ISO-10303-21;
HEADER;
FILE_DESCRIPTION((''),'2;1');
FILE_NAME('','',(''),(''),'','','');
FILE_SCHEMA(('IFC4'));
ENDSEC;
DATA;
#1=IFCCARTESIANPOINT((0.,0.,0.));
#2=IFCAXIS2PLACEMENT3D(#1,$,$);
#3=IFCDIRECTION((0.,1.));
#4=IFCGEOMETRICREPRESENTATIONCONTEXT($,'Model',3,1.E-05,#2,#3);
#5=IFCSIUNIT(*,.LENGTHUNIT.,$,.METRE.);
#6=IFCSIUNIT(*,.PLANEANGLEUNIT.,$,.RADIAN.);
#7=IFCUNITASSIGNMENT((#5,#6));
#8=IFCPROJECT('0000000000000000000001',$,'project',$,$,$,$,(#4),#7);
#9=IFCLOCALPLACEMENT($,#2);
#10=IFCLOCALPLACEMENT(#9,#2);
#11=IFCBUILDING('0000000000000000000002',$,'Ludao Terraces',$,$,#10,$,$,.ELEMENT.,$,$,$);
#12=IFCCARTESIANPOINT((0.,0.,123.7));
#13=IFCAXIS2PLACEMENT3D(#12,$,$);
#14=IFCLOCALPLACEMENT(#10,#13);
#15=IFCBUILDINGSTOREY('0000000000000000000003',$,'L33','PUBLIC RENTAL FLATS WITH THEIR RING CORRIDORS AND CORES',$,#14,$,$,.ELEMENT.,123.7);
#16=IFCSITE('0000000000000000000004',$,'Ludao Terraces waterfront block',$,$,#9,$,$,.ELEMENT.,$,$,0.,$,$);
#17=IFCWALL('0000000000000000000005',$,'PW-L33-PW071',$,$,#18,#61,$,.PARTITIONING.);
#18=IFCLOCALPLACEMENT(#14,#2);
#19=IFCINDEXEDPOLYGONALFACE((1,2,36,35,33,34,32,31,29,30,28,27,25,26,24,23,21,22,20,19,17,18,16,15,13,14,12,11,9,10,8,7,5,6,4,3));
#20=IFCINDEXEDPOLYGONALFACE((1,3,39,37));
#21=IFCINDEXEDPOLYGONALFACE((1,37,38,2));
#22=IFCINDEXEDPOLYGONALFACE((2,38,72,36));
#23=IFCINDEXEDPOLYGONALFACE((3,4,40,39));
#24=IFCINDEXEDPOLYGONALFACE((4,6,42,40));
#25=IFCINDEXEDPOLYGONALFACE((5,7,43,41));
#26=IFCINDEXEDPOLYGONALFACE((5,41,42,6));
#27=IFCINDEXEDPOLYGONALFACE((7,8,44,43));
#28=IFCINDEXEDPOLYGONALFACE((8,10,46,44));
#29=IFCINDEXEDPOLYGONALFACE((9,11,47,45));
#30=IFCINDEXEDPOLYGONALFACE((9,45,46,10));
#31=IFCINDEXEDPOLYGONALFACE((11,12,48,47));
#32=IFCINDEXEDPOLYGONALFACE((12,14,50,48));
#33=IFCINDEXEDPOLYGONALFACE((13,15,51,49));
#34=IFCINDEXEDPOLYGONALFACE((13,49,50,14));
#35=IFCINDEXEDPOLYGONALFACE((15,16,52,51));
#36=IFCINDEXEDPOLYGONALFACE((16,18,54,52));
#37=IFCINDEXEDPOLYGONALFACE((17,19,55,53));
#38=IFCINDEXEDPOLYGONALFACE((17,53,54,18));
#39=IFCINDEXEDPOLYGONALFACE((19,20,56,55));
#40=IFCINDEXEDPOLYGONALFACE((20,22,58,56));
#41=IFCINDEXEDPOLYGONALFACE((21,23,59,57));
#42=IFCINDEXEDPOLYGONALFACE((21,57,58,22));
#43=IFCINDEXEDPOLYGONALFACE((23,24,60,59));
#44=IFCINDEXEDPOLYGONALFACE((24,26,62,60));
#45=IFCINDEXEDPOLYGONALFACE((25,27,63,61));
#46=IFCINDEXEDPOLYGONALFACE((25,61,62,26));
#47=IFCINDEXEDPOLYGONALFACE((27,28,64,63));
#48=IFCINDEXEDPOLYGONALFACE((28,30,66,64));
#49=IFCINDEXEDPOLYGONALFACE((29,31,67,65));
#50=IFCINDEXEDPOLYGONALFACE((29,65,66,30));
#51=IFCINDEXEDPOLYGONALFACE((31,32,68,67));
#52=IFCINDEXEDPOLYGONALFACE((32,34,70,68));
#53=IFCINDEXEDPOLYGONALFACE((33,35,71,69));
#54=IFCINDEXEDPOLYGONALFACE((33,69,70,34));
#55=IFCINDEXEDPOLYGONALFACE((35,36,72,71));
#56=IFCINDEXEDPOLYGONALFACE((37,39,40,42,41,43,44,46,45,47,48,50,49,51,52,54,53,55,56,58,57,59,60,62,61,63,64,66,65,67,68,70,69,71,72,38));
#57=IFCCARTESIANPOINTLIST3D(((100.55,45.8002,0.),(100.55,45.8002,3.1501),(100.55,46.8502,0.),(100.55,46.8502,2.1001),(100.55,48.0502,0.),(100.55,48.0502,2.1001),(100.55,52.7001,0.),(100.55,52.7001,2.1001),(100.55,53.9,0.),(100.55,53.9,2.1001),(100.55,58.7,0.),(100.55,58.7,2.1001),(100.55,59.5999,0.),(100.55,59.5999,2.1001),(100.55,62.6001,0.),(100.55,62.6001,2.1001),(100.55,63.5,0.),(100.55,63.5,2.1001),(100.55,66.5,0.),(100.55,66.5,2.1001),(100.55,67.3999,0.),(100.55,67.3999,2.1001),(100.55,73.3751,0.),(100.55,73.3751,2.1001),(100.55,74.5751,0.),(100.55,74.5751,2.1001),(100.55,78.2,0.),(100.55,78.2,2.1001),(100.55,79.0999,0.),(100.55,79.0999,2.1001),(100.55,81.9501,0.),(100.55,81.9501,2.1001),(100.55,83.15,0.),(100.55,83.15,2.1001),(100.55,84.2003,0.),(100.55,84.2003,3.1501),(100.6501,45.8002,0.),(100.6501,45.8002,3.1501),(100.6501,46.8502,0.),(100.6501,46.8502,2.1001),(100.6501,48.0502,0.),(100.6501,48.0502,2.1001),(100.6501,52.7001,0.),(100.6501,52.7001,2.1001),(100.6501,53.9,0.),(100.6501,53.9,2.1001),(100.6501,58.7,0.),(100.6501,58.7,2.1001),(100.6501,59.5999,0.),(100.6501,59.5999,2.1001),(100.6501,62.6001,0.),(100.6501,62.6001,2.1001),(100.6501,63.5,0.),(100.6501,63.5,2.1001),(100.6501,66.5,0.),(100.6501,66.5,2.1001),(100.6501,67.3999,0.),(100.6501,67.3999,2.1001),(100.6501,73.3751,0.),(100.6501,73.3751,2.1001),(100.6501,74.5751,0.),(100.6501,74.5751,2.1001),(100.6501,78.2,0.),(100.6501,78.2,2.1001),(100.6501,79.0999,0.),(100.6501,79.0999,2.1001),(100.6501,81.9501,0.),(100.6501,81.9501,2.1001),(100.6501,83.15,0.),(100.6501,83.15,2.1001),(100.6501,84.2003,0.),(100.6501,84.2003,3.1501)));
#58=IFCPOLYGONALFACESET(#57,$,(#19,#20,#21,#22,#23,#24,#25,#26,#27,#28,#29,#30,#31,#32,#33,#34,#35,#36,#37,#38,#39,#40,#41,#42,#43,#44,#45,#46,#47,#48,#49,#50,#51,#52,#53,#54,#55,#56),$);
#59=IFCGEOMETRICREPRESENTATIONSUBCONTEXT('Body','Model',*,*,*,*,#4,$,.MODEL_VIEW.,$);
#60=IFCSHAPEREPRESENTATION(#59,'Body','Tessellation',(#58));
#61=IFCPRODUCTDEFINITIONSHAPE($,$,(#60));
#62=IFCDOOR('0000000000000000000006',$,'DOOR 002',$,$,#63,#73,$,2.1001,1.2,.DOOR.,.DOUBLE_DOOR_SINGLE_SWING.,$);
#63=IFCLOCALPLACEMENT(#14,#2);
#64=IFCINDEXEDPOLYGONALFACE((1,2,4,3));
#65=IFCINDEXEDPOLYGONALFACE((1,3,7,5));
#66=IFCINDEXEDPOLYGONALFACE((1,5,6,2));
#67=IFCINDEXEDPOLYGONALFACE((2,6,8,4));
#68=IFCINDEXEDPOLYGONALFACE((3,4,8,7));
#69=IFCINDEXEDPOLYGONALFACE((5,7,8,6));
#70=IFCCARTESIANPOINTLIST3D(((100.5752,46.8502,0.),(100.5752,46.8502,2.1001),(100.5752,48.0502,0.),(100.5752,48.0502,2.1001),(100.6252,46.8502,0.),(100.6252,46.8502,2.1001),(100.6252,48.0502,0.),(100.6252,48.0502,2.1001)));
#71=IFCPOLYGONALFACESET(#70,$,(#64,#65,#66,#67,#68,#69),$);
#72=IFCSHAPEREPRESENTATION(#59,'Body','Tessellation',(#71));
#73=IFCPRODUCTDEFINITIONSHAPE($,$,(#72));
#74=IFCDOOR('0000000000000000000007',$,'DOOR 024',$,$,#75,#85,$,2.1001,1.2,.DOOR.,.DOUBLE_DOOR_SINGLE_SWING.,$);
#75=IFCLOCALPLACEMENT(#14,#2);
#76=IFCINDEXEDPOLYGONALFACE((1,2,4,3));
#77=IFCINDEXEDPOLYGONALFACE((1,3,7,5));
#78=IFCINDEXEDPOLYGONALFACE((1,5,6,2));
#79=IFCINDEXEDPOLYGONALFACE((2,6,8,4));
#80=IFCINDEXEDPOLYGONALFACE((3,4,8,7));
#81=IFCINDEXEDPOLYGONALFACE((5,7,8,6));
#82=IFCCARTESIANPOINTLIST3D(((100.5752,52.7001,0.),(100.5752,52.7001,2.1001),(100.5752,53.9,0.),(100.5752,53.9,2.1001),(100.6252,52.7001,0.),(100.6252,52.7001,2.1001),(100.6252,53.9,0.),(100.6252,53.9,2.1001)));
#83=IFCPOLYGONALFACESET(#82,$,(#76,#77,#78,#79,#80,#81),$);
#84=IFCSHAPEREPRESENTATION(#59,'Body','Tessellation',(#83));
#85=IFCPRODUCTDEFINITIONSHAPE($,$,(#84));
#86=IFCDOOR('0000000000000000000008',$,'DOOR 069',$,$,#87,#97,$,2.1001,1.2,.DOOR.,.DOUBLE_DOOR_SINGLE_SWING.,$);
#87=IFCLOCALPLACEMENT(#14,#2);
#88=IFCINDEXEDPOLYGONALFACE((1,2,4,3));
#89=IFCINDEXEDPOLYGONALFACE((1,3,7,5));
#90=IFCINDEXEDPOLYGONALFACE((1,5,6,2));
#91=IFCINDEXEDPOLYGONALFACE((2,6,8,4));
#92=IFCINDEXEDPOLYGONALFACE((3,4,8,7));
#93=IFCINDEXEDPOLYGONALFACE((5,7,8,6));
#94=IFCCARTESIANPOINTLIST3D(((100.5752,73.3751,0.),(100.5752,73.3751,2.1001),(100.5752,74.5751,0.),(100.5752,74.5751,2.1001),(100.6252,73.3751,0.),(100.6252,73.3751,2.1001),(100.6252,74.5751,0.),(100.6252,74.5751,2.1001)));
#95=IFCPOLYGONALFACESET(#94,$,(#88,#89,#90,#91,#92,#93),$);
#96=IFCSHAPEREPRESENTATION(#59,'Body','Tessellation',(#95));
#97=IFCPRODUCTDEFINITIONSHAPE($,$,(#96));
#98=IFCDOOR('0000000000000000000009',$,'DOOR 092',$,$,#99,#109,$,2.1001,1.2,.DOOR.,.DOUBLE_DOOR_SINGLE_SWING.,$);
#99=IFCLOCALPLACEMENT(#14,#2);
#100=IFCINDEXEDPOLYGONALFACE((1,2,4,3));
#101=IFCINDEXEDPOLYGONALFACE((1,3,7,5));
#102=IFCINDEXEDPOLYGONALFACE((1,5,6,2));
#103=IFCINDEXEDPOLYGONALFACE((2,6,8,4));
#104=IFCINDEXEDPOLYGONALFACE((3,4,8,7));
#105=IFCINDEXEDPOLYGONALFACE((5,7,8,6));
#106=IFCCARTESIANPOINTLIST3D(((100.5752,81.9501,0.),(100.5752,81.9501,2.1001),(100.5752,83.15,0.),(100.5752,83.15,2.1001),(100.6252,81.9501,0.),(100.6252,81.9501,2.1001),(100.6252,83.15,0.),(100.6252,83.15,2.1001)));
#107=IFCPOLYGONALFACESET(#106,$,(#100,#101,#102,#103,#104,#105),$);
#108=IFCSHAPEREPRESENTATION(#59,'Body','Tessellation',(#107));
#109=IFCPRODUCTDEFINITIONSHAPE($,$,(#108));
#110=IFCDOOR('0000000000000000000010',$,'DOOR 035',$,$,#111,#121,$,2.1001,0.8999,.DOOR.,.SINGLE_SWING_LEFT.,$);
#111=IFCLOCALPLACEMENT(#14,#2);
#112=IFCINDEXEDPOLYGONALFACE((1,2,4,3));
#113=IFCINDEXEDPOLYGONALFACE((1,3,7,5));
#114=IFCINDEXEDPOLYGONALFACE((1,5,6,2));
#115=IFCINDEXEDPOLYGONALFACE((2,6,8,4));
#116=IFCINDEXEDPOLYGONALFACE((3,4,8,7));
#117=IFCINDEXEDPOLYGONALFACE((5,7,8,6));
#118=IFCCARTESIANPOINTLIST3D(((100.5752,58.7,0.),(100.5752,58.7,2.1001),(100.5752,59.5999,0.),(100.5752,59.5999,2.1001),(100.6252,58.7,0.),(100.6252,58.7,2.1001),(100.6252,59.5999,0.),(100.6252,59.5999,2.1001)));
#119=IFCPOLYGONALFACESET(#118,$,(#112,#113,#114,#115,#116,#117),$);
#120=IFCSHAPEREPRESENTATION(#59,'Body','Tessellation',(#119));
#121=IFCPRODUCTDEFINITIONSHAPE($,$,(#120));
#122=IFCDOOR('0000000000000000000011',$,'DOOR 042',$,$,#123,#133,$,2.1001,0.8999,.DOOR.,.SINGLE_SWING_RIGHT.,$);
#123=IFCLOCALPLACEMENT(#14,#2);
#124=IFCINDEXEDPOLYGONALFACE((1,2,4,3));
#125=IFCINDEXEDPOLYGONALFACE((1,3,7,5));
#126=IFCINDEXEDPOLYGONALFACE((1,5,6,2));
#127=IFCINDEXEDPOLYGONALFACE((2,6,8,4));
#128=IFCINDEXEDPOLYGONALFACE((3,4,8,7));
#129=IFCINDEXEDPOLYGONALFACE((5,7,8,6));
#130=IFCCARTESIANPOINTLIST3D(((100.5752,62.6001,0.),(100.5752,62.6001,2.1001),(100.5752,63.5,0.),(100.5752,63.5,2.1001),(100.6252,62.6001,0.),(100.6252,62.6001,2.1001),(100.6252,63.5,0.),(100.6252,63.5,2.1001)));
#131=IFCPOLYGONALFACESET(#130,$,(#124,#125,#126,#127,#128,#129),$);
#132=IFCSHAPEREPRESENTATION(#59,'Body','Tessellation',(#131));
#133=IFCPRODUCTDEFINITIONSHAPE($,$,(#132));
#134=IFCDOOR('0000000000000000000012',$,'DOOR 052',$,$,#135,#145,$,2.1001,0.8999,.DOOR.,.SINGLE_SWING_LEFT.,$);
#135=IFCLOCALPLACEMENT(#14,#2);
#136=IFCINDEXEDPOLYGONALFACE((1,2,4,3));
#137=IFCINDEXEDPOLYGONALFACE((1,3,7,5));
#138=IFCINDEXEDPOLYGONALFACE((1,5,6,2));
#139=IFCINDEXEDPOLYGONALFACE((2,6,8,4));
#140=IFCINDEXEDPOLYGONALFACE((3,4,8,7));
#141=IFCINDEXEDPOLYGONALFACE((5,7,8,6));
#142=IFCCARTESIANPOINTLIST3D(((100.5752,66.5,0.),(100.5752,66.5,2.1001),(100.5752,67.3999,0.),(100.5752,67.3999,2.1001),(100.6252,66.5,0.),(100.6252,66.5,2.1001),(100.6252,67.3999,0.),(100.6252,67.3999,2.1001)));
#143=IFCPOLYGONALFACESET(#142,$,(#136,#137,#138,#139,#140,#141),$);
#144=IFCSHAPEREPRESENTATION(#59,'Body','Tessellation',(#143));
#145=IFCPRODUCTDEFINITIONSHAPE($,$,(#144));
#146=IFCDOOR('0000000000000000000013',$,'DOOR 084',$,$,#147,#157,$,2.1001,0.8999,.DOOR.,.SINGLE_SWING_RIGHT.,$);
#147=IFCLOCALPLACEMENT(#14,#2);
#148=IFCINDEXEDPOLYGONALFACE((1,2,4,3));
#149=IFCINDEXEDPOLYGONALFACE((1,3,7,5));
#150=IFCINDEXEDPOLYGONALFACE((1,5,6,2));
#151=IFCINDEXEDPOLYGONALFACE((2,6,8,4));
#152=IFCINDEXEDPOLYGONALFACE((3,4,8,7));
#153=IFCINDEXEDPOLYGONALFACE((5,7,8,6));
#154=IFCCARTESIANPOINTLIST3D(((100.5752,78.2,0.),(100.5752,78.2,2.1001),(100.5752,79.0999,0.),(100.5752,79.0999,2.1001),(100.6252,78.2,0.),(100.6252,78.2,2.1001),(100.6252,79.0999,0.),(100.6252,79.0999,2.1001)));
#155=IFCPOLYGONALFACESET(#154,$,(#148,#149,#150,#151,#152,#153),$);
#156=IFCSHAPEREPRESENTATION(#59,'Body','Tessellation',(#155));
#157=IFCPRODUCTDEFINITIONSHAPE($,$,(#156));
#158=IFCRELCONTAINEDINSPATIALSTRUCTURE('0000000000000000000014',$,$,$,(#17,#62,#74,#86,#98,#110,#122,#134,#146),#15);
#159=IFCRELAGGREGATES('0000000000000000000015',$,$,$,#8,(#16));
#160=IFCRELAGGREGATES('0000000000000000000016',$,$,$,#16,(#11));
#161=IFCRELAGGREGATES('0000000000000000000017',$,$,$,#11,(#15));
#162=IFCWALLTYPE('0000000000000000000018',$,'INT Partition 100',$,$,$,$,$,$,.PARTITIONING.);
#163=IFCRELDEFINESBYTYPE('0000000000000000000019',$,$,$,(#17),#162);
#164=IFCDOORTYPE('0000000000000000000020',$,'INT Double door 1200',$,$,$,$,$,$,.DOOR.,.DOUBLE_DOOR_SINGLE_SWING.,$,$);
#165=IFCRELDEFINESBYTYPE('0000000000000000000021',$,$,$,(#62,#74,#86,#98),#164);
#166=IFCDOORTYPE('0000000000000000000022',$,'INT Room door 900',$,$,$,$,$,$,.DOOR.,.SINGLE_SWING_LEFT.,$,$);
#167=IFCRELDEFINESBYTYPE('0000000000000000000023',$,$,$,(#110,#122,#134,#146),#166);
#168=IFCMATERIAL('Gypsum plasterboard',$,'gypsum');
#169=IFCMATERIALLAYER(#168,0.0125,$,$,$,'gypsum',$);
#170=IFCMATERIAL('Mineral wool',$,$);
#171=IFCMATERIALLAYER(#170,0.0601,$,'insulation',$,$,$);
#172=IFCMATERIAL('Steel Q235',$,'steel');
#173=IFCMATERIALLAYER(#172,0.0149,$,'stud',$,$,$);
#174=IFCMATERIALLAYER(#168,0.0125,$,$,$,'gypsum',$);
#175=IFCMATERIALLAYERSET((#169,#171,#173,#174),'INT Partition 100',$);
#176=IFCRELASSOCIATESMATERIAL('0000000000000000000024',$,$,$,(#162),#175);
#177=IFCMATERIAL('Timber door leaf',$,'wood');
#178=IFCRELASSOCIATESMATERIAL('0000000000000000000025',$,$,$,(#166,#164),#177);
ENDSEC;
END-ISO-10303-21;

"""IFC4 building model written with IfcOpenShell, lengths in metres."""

from ifc_helpers import new_model, si_unit, direction, frame, frame_2d, origin, place, context, subcontext, project, spatial, rectangle, extrude, material, layer, layer_set, type_object, element, fill, save


model = new_model("IFC4")

# Units and contexts
model_context = context("Model", 3, precision=1e-05, world=origin(), true_north=direction((0.0, 1.0)))
body_context = subcontext(model_context, "Body", "Model", "MODEL_VIEW")
ifc_project = project(units=[si_unit("LENGTHUNIT", "METRE"), si_unit("PLANEANGLEUNIT", "RADIAN")], contexts=[model_context])

# Site, building, storey
site_placement = place(None, origin())
site = spatial("IfcSite", under=ifc_project, at=site_placement, Name="Ludao Terraces waterfront block", CompositionType="ELEMENT", RefElevation=0.0)
building_placement = place(site_placement, origin())
building = spatial("IfcBuilding", under=site, at=building_placement, Name="Ludao Terraces", CompositionType="ELEMENT")
storey_placement = place(building_placement, frame((0.0, 0.0, 123.7)))
storey = spatial("IfcBuildingStorey", under=building, at=storey_placement, Name="L33", Description="PUBLIC RENTAL FLATS WITH THEIR RING CORRIDORS AND CORES", CompositionType="ELEMENT", Elevation=123.7)

# Shared definitions
ifc_material_1 = material(Name="Mineral wool")

# Shared definitions
ifc_material_2 = material(Name="Gypsum plasterboard", Category="gypsum")
ifc_layer_1 = layer(ifc_material_2, 0.0125, Category="gypsum")
ifc_layer_2 = layer(ifc_material_1, 0.0601, Name="insulation")
ifc_material_3 = material(Name="Steel Q235", Category="steel")
ifc_layer_3 = layer(ifc_material_3, 0.0149, Name="stud")
ifc_layer_4 = layer(ifc_material_2, 0.0125, Category="gypsum")
ifc_layer_set_1 = layer_set([ifc_layer_1, ifc_layer_2, ifc_layer_3, ifc_layer_4], Name="INT Partition 100")
wall_type_1 = type_object("IfcWallType", Name="INT Partition 100", PredefinedType="PARTITIONING", material=ifc_layer_set_1)

# Wall, openings, doors
ifc_material_4 = material(Name="Timber door leaf", Category="wood")
door_type_1 = type_object("IfcDoorType", Name="INT Room door 900", OperationType="SINGLE_SWING_LEFT", PredefinedType="DOOR", material=ifc_material_4)
wall_1_placement = place(storey_placement, frame((100.6001, 45.8, 0.0), z_axis=(0.0, 0.0, 1.0), x_axis=(0.0, 1.0, 0.0)))
wall_1 = element("IfcWall", 1, at=wall_1_placement, inside=storey, type_object=wall_type_1, Name="PW-L33-PW071", PredefinedType="PARTITIONING", context=body_context, shape_type="SweptSolid", body=[
    extrude(rectangle(XDim=38.4001, YDim=0.1001, at=frame_2d((19.2002, 0.0))), origin(), (0.0, 0.0, 1.0), 3.1501),
])
opening_1_placement = place(wall_1_placement, frame((1.05, 0.0, 0.0)))
opening_1 = element("IfcOpeningElement", 2, at=opening_1_placement, cuts=wall_1, PredefinedType="OPENING", context=body_context, shape_type="SweptSolid", body=[
    extrude(rectangle(XDim=1.2, YDim=2.1001, at=frame_2d((0.6001, 1.05))), frame((0.0, 0.0601, 0.0), z_axis=(0.0, -1.0, 0.0), x_axis=(1.0, 0.0, 0.0)), (0.0, 0.0, 1.0), 0.1201),
])
opening_2_placement = place(wall_1_placement, frame((6.8999, 0.0, 0.0)))
opening_2 = element("IfcOpeningElement", 3, at=opening_2_placement, cuts=wall_1, PredefinedType="OPENING", context=body_context, shape_type="SweptSolid", body=[
    extrude(rectangle(XDim=1.2, YDim=2.1001, at=frame_2d((0.6001, 1.05))), frame((0.0, 0.0601, 0.0), z_axis=(0.0, -1.0, 0.0), x_axis=(1.0, 0.0, 0.0)), (0.0, 0.0, 1.0), 0.1201),
])
opening_3_placement = place(wall_1_placement, frame((12.8999, 0.0, 0.0)))
opening_3 = element("IfcOpeningElement", 4, at=opening_3_placement, cuts=wall_1, PredefinedType="OPENING", context=body_context, shape_type="SweptSolid", body=[
    extrude(rectangle(XDim=0.8999, YDim=2.1001, at=frame_2d((0.45, 1.05))), frame((0.0, 0.0601, 0.0), z_axis=(0.0, -1.0, 0.0), x_axis=(1.0, 0.0, 0.0)), (0.0, 0.0, 1.0), 0.1201),
])
opening_4_placement = place(wall_1_placement, frame((16.8, 0.0, 0.0)))
opening_4 = element("IfcOpeningElement", 5, at=opening_4_placement, cuts=wall_1, PredefinedType="OPENING", context=body_context, shape_type="SweptSolid", body=[
    extrude(rectangle(XDim=0.8999, YDim=2.1001, at=frame_2d((0.45, 1.05))), frame((0.0, 0.0601, 0.0), z_axis=(0.0, -1.0, 0.0), x_axis=(1.0, 0.0, 0.0)), (0.0, 0.0, 1.0), 0.1201),
])
opening_5_placement = place(wall_1_placement, frame((20.7, 0.0, 0.0)))
opening_5 = element("IfcOpeningElement", 6, at=opening_5_placement, cuts=wall_1, PredefinedType="OPENING", context=body_context, shape_type="SweptSolid", body=[
    extrude(rectangle(XDim=0.8999, YDim=2.1001, at=frame_2d((0.45, 1.05))), frame((0.0, 0.0601, 0.0), z_axis=(0.0, -1.0, 0.0), x_axis=(1.0, 0.0, 0.0)), (0.0, 0.0, 1.0), 0.1201),
])
opening_6_placement = place(wall_1_placement, frame((27.575, 0.0, 0.0)))
opening_6 = element("IfcOpeningElement", 7, at=opening_6_placement, cuts=wall_1, PredefinedType="OPENING", context=body_context, shape_type="SweptSolid", body=[
    extrude(rectangle(XDim=1.2, YDim=2.1001, at=frame_2d((0.6001, 1.05))), frame((0.0, 0.0601, 0.0), z_axis=(0.0, -1.0, 0.0), x_axis=(1.0, 0.0, 0.0)), (0.0, 0.0, 1.0), 0.1201),
])
opening_7_placement = place(wall_1_placement, frame((32.3999, 0.0, 0.0)))
opening_7 = element("IfcOpeningElement", 8, at=opening_7_placement, cuts=wall_1, PredefinedType="OPENING", context=body_context, shape_type="SweptSolid", body=[
    extrude(rectangle(XDim=0.8999, YDim=2.1001, at=frame_2d((0.45, 1.05))), frame((0.0, 0.0601, 0.0), z_axis=(0.0, -1.0, 0.0), x_axis=(1.0, 0.0, 0.0)), (0.0, 0.0, 1.0), 0.1201),
])
opening_8_placement = place(wall_1_placement, frame((36.1499, 0.0, 0.0)))
opening_8 = element("IfcOpeningElement", 9, at=opening_8_placement, cuts=wall_1, PredefinedType="OPENING", context=body_context, shape_type="SweptSolid", body=[
    extrude(rectangle(XDim=1.2, YDim=2.1001, at=frame_2d((0.6001, 1.05))), frame((0.0, 0.0601, 0.0), z_axis=(0.0, -1.0, 0.0), x_axis=(1.0, 0.0, 0.0)), (0.0, 0.0, 1.0), 0.1201),
])
door_type_2 = type_object("IfcDoorType", Name="INT Double door 1200", OperationType="DOUBLE_DOOR_SINGLE_SWING", PredefinedType="DOOR", material=ifc_material_4)
door_1_placement = place(opening_1_placement, origin())
door_1 = element("IfcDoor", 10, at=door_1_placement, inside=storey, type_object=door_type_2, Name="DOOR 002", OperationType="DOUBLE_DOOR_SINGLE_SWING", OverallHeight=2.1001, OverallWidth=1.2, PredefinedType="DOOR", context=body_context, shape_type="SweptSolid", body=[
    extrude(rectangle(XDim=1.2, YDim=2.1001, at=frame_2d((0.6001, 1.05))), frame((0.0, 0.0249, 0.0), z_axis=(0.0, -1.0, 0.0), x_axis=(1.0, 0.0, 0.0)), (0.0, 0.0, 1.0), 0.05),
])
fill(opening_1, door_1)
door_2_placement = place(opening_2_placement, origin())
door_2 = element("IfcDoor", 11, at=door_2_placement, inside=storey, type_object=door_type_2, Name="DOOR 024", OperationType="DOUBLE_DOOR_SINGLE_SWING", OverallHeight=2.1001, OverallWidth=1.2, PredefinedType="DOOR", context=body_context, shape_type="SweptSolid", body=[
    extrude(rectangle(XDim=1.2, YDim=2.1001, at=frame_2d((0.6001, 1.05))), frame((0.0, 0.0249, 0.0), z_axis=(0.0, -1.0, 0.0), x_axis=(1.0, 0.0, 0.0)), (0.0, 0.0, 1.0), 0.05),
])
fill(opening_2, door_2)
door_3_placement = place(opening_6_placement, origin())
door_3 = element("IfcDoor", 12, at=door_3_placement, inside=storey, type_object=door_type_2, Name="DOOR 069", OperationType="DOUBLE_DOOR_SINGLE_SWING", OverallHeight=2.1001, OverallWidth=1.2, PredefinedType="DOOR", context=body_context, shape_type="SweptSolid", body=[
    extrude(rectangle(XDim=1.2, YDim=2.1001, at=frame_2d((0.6001, 1.05))), frame((0.0, 0.0249, 0.0), z_axis=(0.0, -1.0, 0.0), x_axis=(1.0, 0.0, 0.0)), (0.0, 0.0, 1.0), 0.05),
])
fill(opening_6, door_3)
door_4_placement = place(opening_8_placement, origin())
door_4 = element("IfcDoor", 13, at=door_4_placement, inside=storey, type_object=door_type_2, Name="DOOR 092", OperationType="DOUBLE_DOOR_SINGLE_SWING", OverallHeight=2.1001, OverallWidth=1.2, PredefinedType="DOOR", context=body_context, shape_type="SweptSolid", body=[
    extrude(rectangle(XDim=1.2, YDim=2.1001, at=frame_2d((0.6001, 1.05))), frame((0.0, 0.0249, 0.0), z_axis=(0.0, -1.0, 0.0), x_axis=(1.0, 0.0, 0.0)), (0.0, 0.0, 1.0), 0.05),
])
fill(opening_8, door_4)
door_5_placement = place(opening_3_placement, origin())
door_5 = element("IfcDoor", 14, at=door_5_placement, inside=storey, type_object=door_type_1, Name="DOOR 035", OperationType="SINGLE_SWING_LEFT", OverallHeight=2.1001, OverallWidth=0.8999, PredefinedType="DOOR", context=body_context, shape_type="SweptSolid", body=[
    extrude(rectangle(XDim=0.8999, YDim=2.1001, at=frame_2d((0.45, 1.05))), frame((0.0, 0.0249, 0.0), z_axis=(0.0, -1.0, 0.0), x_axis=(1.0, 0.0, 0.0)), (0.0, 0.0, 1.0), 0.05),
])
fill(opening_3, door_5)
door_6_placement = place(opening_4_placement, origin())
door_6 = element("IfcDoor", 15, at=door_6_placement, inside=storey, type_object=door_type_1, Name="DOOR 042", OperationType="SINGLE_SWING_RIGHT", OverallHeight=2.1001, OverallWidth=0.8999, PredefinedType="DOOR", context=body_context, shape_type="SweptSolid", body=[
    extrude(rectangle(XDim=0.8999, YDim=2.1001, at=frame_2d((0.45, 1.05))), frame((0.0, 0.0249, 0.0), z_axis=(0.0, -1.0, 0.0), x_axis=(1.0, 0.0, 0.0)), (0.0, 0.0, 1.0), 0.05),
])
fill(opening_4, door_6)
door_7_placement = place(opening_5_placement, origin())
door_7 = element("IfcDoor", 16, at=door_7_placement, inside=storey, type_object=door_type_1, Name="DOOR 052", OperationType="SINGLE_SWING_LEFT", OverallHeight=2.1001, OverallWidth=0.8999, PredefinedType="DOOR", context=body_context, shape_type="SweptSolid", body=[
    extrude(rectangle(XDim=0.8999, YDim=2.1001, at=frame_2d((0.45, 1.05))), frame((0.0, 0.0249, 0.0), z_axis=(0.0, -1.0, 0.0), x_axis=(1.0, 0.0, 0.0)), (0.0, 0.0, 1.0), 0.05),
])
fill(opening_5, door_7)
door_8_placement = place(opening_7_placement, origin())
door_8 = element("IfcDoor", 17, at=door_8_placement, inside=storey, type_object=door_type_1, Name="DOOR 084", OperationType="SINGLE_SWING_RIGHT", OverallHeight=2.1001, OverallWidth=0.8999, PredefinedType="DOOR", context=body_context, shape_type="SweptSolid", body=[
    extrude(rectangle(XDim=0.8999, YDim=2.1001, at=frame_2d((0.45, 1.05))), frame((0.0, 0.0249, 0.0), z_axis=(0.0, -1.0, 0.0), x_axis=(1.0, 0.0, 0.0)), (0.0, 0.0, 1.0), 0.05),
])
fill(opening_7, door_8)

save(model, "model.ifc")
